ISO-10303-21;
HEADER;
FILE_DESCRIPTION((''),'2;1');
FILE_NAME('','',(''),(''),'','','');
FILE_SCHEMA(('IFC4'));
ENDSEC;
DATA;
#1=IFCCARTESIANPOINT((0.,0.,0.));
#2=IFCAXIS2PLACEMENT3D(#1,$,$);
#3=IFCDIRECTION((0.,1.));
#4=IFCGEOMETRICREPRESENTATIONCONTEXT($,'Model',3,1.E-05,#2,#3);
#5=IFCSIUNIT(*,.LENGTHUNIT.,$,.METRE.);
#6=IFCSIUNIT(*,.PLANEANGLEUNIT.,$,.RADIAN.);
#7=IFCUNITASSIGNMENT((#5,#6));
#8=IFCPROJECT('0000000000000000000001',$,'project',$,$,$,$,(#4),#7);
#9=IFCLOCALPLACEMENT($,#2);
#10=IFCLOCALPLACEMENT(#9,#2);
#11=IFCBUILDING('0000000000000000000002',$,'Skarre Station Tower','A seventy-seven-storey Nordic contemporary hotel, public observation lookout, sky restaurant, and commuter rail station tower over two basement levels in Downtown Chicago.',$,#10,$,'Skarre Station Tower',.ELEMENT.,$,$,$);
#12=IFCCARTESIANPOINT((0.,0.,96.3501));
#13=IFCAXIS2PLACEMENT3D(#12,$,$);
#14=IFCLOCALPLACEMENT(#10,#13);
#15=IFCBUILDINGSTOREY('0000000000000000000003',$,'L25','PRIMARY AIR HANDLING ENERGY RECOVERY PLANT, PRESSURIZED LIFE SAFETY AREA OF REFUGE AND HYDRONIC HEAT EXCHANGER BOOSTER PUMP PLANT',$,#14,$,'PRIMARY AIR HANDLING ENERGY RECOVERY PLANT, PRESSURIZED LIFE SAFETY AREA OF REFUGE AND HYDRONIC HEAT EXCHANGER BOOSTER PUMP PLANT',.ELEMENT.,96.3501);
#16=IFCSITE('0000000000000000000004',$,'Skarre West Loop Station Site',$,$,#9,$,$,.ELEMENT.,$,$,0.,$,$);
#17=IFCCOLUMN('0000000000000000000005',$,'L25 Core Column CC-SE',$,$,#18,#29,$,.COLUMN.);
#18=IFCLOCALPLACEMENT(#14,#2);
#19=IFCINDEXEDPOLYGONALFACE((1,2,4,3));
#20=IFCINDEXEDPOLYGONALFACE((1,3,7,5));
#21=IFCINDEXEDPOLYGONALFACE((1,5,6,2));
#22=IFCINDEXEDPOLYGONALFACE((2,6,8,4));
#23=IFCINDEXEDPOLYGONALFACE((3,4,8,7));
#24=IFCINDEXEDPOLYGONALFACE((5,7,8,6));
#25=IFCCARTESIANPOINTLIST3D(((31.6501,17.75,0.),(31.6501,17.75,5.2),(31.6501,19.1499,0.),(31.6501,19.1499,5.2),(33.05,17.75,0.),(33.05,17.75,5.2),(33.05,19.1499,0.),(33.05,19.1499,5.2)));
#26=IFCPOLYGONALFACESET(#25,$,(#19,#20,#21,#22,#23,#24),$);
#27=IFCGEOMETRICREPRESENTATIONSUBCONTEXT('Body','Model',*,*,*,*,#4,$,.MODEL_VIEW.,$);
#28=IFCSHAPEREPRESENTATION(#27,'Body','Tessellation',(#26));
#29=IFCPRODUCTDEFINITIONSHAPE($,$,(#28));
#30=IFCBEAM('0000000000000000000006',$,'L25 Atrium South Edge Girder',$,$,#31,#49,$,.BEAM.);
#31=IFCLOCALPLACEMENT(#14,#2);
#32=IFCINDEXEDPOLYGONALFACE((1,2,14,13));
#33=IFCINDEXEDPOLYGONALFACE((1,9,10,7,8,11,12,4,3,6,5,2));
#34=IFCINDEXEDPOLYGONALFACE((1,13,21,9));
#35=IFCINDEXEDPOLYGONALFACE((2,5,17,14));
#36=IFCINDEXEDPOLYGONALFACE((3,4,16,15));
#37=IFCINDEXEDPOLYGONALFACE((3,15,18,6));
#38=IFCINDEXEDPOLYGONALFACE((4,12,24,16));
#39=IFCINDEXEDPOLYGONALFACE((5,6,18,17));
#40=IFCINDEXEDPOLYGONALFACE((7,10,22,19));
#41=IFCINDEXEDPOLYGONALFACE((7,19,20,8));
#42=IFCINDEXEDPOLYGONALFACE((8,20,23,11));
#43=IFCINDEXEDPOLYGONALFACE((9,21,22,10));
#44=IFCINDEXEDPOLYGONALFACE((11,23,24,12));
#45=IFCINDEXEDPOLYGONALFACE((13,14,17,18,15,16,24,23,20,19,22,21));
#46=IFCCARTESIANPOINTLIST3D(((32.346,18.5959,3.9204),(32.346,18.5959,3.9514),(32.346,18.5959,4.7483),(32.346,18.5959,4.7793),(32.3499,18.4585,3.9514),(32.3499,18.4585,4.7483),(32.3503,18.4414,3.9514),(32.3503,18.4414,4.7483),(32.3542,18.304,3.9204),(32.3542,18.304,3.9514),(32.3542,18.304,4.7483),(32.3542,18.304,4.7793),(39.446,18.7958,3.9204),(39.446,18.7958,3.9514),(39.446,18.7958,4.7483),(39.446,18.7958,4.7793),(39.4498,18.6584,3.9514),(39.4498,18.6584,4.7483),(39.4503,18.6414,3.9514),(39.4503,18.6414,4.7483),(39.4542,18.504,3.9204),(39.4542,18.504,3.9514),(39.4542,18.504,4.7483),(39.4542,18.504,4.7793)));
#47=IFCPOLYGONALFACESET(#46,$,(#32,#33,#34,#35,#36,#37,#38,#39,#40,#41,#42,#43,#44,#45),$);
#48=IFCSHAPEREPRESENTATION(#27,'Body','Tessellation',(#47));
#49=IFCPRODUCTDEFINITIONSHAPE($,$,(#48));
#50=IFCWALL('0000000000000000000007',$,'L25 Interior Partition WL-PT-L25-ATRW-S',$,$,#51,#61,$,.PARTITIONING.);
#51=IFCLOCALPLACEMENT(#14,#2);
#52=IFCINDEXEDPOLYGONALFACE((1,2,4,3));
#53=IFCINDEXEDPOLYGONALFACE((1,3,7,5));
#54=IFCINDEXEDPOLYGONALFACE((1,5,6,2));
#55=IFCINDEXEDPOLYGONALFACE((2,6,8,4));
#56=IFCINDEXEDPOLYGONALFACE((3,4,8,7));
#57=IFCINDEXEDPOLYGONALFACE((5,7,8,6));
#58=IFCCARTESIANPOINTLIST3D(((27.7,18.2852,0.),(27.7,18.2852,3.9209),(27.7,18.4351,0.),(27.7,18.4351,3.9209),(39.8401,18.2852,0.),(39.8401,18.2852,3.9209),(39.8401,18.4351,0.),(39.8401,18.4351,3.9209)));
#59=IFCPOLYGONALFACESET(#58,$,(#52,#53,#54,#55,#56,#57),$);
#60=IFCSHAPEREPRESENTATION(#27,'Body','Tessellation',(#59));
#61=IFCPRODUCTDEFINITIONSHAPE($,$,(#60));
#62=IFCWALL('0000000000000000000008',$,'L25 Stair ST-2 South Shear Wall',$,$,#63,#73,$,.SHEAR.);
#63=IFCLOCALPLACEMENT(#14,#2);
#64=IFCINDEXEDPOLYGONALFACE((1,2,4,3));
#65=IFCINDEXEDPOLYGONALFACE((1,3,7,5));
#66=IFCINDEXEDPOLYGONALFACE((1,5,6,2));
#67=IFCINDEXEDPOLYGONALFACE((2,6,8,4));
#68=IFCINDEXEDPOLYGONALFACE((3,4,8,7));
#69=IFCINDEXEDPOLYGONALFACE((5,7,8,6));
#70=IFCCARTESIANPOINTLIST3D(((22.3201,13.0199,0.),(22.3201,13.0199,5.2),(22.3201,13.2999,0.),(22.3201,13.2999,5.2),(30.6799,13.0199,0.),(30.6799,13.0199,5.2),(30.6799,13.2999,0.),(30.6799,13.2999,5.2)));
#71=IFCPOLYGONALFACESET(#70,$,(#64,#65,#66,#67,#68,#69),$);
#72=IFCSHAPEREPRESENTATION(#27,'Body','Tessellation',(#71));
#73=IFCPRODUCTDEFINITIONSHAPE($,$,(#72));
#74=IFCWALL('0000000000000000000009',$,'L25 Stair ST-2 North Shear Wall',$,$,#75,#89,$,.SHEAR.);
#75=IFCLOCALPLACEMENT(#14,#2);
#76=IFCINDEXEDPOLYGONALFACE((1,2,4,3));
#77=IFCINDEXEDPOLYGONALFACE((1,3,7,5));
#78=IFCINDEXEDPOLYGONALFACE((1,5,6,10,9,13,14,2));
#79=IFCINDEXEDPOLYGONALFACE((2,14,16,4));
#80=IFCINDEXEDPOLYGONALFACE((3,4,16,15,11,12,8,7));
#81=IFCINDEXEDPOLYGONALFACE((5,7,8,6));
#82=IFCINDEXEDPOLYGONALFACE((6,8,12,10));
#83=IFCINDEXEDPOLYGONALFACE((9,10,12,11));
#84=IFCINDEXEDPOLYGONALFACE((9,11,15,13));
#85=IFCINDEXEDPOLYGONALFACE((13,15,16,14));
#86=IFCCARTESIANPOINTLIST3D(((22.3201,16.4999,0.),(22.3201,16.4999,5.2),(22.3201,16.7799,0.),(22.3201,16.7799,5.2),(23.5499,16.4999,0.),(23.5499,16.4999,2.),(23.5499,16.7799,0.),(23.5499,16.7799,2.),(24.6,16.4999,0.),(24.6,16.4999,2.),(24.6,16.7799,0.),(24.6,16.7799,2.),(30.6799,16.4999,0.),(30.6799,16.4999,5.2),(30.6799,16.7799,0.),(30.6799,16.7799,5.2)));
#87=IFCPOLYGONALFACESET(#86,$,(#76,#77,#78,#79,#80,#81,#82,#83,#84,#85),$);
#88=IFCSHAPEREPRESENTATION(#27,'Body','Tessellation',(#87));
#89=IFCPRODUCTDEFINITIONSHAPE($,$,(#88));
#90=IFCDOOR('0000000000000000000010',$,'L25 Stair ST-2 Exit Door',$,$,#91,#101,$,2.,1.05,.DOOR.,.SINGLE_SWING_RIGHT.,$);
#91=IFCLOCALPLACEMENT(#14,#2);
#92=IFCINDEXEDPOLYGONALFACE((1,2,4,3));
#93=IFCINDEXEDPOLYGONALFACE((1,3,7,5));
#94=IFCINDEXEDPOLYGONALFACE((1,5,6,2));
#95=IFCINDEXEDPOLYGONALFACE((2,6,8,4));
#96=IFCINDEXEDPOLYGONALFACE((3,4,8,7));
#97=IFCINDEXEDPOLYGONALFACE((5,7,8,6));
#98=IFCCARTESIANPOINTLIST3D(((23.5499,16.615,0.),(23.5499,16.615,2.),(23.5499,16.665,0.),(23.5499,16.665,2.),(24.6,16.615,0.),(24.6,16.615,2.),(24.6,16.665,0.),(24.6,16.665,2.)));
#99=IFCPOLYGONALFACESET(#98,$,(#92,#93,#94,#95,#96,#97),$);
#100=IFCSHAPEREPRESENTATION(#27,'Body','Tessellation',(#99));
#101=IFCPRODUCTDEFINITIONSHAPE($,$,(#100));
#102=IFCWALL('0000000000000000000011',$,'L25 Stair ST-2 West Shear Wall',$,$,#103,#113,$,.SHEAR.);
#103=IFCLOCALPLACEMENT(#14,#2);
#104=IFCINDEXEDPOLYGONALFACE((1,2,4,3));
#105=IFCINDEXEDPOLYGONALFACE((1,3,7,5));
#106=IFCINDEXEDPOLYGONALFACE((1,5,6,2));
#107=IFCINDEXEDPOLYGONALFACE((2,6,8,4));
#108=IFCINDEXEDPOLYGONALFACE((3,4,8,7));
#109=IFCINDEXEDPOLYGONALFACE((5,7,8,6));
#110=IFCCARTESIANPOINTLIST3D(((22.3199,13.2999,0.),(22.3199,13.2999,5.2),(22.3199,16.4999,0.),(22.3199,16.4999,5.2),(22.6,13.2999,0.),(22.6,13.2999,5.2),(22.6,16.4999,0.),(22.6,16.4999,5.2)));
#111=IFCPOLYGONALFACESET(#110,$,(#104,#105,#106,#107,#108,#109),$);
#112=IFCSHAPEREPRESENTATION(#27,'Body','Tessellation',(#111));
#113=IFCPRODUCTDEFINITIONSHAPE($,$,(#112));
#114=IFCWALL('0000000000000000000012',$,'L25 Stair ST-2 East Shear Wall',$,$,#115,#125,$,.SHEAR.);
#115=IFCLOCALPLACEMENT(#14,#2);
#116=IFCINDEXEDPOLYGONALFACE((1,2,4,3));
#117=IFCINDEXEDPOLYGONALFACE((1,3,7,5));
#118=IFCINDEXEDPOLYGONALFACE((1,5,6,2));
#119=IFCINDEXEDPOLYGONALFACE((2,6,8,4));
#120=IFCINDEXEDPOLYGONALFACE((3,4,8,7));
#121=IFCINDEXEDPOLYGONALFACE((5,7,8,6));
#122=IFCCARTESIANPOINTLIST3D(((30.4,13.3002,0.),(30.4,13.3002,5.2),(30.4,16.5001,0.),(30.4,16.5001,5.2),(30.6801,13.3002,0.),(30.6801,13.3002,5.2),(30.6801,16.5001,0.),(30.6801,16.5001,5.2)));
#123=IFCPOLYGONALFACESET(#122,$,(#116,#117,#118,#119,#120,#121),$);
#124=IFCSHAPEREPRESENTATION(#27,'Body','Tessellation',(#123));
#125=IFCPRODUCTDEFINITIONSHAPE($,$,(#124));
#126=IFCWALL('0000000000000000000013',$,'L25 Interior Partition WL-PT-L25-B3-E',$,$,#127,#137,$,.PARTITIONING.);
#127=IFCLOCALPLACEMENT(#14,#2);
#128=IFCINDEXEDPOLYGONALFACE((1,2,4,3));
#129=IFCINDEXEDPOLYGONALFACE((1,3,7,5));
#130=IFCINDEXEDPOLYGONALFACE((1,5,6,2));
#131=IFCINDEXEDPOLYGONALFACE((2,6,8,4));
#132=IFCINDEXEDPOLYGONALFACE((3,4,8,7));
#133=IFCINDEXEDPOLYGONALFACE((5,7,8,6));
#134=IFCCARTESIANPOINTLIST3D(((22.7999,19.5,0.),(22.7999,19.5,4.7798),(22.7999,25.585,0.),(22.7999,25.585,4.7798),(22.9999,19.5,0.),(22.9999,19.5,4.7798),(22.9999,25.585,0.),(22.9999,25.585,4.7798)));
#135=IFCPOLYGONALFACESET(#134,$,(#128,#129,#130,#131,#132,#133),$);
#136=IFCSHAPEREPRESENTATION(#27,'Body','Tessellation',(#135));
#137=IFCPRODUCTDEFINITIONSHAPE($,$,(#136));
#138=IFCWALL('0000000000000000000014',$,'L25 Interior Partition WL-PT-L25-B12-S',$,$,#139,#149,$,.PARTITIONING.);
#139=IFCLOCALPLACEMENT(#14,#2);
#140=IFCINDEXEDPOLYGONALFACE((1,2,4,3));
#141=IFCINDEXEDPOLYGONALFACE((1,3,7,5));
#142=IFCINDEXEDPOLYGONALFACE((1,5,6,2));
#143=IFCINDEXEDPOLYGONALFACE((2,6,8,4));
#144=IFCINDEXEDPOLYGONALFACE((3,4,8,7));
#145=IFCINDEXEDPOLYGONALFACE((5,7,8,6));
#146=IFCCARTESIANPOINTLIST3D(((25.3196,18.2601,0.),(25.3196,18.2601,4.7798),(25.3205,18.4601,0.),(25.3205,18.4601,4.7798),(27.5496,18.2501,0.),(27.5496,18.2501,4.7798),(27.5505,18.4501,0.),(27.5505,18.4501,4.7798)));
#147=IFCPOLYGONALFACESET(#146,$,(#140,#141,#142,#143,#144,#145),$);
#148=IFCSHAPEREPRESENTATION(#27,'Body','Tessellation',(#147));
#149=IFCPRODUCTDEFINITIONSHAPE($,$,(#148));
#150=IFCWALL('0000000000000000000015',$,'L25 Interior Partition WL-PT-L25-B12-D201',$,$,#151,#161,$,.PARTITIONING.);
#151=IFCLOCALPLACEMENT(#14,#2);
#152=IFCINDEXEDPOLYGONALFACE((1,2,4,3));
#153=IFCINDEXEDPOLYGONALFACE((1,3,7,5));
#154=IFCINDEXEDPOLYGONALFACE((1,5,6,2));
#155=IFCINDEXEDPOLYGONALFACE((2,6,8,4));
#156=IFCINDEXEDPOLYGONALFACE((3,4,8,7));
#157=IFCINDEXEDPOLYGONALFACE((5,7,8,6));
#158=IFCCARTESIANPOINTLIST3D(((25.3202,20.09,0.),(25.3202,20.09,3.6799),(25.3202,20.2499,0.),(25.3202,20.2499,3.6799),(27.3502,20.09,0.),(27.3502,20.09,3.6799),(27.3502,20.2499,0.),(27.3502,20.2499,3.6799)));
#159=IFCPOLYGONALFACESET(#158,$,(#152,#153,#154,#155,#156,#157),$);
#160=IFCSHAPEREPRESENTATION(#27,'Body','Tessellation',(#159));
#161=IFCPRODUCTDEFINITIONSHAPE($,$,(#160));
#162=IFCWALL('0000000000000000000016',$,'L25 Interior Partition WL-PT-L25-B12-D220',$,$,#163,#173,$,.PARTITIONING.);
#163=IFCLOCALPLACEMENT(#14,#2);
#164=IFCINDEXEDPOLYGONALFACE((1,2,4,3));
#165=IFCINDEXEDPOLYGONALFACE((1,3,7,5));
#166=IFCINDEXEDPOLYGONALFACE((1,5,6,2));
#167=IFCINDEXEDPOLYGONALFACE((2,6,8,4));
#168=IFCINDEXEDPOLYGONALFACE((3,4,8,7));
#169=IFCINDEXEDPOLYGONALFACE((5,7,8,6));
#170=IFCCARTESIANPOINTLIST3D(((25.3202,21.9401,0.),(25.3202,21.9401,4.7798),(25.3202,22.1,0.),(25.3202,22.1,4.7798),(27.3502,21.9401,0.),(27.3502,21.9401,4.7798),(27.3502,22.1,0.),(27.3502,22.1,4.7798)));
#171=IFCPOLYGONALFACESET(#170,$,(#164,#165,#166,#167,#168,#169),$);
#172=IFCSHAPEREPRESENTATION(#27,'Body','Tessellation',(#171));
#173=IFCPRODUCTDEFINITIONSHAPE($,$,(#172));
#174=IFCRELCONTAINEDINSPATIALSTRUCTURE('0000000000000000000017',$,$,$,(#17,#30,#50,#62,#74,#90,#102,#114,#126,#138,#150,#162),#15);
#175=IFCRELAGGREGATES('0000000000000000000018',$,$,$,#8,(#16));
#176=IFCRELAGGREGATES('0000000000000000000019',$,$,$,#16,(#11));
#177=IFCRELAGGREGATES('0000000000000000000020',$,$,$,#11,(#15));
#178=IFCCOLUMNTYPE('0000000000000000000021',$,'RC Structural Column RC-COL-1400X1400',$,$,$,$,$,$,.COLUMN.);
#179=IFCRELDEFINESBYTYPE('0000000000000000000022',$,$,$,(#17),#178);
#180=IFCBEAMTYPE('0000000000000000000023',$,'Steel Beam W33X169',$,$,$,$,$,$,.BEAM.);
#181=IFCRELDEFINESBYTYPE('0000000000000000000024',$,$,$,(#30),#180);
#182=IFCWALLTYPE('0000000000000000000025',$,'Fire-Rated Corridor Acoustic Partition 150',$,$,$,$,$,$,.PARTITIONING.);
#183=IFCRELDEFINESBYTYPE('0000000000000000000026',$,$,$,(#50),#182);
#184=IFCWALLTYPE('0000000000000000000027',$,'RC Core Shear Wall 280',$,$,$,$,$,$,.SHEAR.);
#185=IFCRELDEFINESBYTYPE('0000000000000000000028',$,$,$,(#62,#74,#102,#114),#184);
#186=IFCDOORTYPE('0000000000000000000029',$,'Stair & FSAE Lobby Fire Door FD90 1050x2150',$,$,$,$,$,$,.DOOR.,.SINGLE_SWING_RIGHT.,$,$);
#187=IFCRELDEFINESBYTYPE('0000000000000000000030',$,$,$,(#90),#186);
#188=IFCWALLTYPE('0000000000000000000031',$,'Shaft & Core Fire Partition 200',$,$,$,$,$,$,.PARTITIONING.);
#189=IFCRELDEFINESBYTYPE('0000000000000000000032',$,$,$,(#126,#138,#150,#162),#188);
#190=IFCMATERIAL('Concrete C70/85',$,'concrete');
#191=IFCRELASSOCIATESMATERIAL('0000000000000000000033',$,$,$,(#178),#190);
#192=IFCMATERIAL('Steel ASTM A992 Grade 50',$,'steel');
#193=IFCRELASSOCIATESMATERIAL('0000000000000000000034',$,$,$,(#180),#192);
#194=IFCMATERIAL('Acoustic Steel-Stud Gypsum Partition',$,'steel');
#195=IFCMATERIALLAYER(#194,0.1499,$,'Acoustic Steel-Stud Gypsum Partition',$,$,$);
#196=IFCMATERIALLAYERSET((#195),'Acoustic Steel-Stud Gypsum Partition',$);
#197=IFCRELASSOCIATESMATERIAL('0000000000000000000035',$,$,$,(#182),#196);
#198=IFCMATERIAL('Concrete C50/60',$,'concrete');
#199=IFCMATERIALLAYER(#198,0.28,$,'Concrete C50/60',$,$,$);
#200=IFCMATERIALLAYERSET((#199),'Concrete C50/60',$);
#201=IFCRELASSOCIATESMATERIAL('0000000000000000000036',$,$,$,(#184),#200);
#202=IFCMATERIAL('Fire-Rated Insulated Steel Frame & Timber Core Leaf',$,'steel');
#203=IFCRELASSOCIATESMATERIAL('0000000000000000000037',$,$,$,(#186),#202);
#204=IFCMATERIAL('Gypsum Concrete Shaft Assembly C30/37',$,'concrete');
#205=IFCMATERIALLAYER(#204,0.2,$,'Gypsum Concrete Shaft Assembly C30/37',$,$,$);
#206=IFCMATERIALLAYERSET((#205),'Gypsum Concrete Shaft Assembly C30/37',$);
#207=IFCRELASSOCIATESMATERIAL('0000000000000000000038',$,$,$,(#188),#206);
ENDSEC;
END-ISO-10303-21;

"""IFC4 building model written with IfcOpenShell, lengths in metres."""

from ifc_helpers import new_model, si_unit, direction, frame, frame_2d, origin, origin_2d, place, context, subcontext, project, spatial, rectangle, i_section, extrude, material, layer, layer_set, material_profile, profile_set, type_object, element, fill, save


model = new_model("IFC4")

# Units and contexts
model_context = context("Model", 3, precision=1e-05, world=origin(), true_north=direction((0.0, 1.0)))
body_context = subcontext(model_context, "Body", "Model", "MODEL_VIEW")
ifc_project = project(units=[si_unit("LENGTHUNIT", "METRE"), si_unit("PLANEANGLEUNIT", "RADIAN")], contexts=[model_context])

# Site, building, storey
site_placement = place(None, origin())
site = spatial("IfcSite", under=ifc_project, at=site_placement, Name="Skarre West Loop Station Site", CompositionType="ELEMENT", RefElevation=0.0)
building_placement = place(site_placement, origin())
building = spatial("IfcBuilding", under=site, at=building_placement, Name="Skarre Station Tower", Description="A seventy-seven-storey Nordic contemporary hotel, public observation lookout, sky restaurant, and commuter rail station tower over two basement levels in Downtown Chicago.", LongName="Skarre Station Tower", CompositionType="ELEMENT")
storey_placement = place(building_placement, frame((0.0, 0.0, 96.3501)))
storey = spatial("IfcBuildingStorey", under=building, at=storey_placement, Name="L25", Description="PRIMARY AIR HANDLING ENERGY RECOVERY PLANT, PRESSURIZED LIFE SAFETY AREA OF REFUGE AND HYDRONIC HEAT EXCHANGER BOOSTER PUMP PLANT", LongName="PRIMARY AIR HANDLING ENERGY RECOVERY PLANT, PRESSURIZED LIFE SAFETY AREA OF REFUGE AND HYDRONIC HEAT EXCHANGER BOOSTER PUMP PLANT", CompositionType="ELEMENT", Elevation=96.3501)

# Column
ifc_material_1 = material(Name="Concrete C70/85", Category="concrete")
ifc_material_profile_1 = material_profile(ifc_material_1, rectangle(XDim=1.3999, YDim=1.3999, at=origin_2d()), Name="Concrete C70/85")
ifc_profile_set_1 = profile_set([ifc_material_profile_1], Name="Concrete C70/85")
column_type = type_object("IfcColumnType", Name="RC Structural Column RC-COL-1400X1400", PredefinedType="COLUMN", material=ifc_profile_set_1)
column_placement = place(storey_placement, frame((32.3501, 18.45, 0.0), z_axis=(0.0, 0.0, 1.0), x_axis=(1.0, 0.0, 0.0)))
element("IfcColumn", 1, at=column_placement, inside=storey, type_object=column_type, Name="L25 Core Column CC-SE", PredefinedType="COLUMN", context=body_context, shape_type="SweptSolid", body=[
    extrude(rectangle(XDim=1.3999, YDim=1.3999, at=origin_2d()), origin(), (0.0, 0.0, 1.0), 5.2),
])

# Beam
ifc_material_2 = material(Name="Steel ASTM A992 Grade 50", Category="steel")
ifc_material_profile_2 = material_profile(ifc_material_2, i_section(OverallWidth=0.292, OverallDepth=0.8589, WebThickness=0.0171, FlangeThickness=0.031, at=origin_2d()), Name="Steel ASTM A992 Grade 50")
ifc_profile_set_2 = profile_set([ifc_material_profile_2], Name="Steel ASTM A992 Grade 50")
beam_type = type_object("IfcBeamType", Name="Steel Beam W33X169", PredefinedType="BEAM", material=ifc_profile_set_2)
beam_placement = place(storey_placement, frame((32.3501, 18.45, 4.3499), z_axis=(0.999604, 0.028152, 0.0), x_axis=(-0.028152, 0.999604, 0.0)))
element("IfcBeam", 2, at=beam_placement, inside=storey, type_object=beam_type, Name="L25 Atrium South Edge Girder", PredefinedType="BEAM", context=body_context, shape_type="SweptSolid", body=[
    extrude(i_section(OverallWidth=0.292, OverallDepth=0.8589, WebThickness=0.0171, FlangeThickness=0.031, at=origin_2d()), origin(), (0.0, 0.0, 1.0), 7.1028),
])

# Walls
ifc_material_3 = material(Name="Acoustic Steel-Stud Gypsum Partition", Category="steel")
ifc_layer_1 = layer(ifc_material_3, 0.1499, Name="Acoustic Steel-Stud Gypsum Partition")
ifc_layer_set_1 = layer_set([ifc_layer_1], Name="Acoustic Steel-Stud Gypsum Partition")
wall_type_1 = type_object("IfcWallType", Name="Fire-Rated Corridor Acoustic Partition 150", PredefinedType="PARTITIONING", material=ifc_layer_set_1)
wall_1_placement = place(storey_placement, frame((27.7, 18.3601, 0.0), z_axis=(0.0, 0.0, 1.0), x_axis=(1.0, 0.0, 0.0)))
element("IfcWall", 3, at=wall_1_placement, inside=storey, type_object=wall_type_1, Name="L25 Interior Partition WL-PT-L25-ATRW-S", PredefinedType="PARTITIONING", context=body_context, shape_type="SweptSolid", body=[
    extrude(rectangle(XDim=12.1401, YDim=0.1499, at=frame_2d((6.0701, 0.0))), origin(), (0.0, 0.0, 1.0), 3.9209),
])
ifc_material_4 = material(Name="Concrete C50/60", Category="concrete")
ifc_layer_2 = layer(ifc_material_4, 0.28, Name="Concrete C50/60")
ifc_layer_set_2 = layer_set([ifc_layer_2], Name="Concrete C50/60")
wall_type_2 = type_object("IfcWallType", Name="RC Core Shear Wall 280", PredefinedType="SHEAR", material=ifc_layer_set_2)
wall_2_placement = place(storey_placement, frame((22.3201, 13.1599, 0.0), z_axis=(0.0, 0.0, 1.0), x_axis=(1.0, 0.0, 0.0)))
element("IfcWall", 4, at=wall_2_placement, inside=storey, type_object=wall_type_2, Name="L25 Stair ST-2 South Shear Wall", PredefinedType="SHEAR", context=body_context, shape_type="SweptSolid", body=[
    extrude(rectangle(XDim=8.3599, YDim=0.28, at=frame_2d((4.1799, 0.0))), origin(), (0.0, 0.0, 1.0), 5.2),
])

# Wall, opening, door
wall_3_placement = place(storey_placement, frame((30.6799, 16.6399, 0.0), z_axis=(0.0, 0.0, 1.0), x_axis=(-1.0, 0.0, 0.0)))
wall_3 = element("IfcWall", 5, at=wall_3_placement, inside=storey, type_object=wall_type_2, Name="L25 Stair ST-2 North Shear Wall", PredefinedType="SHEAR", context=body_context, shape_type="SweptSolid", body=[
    extrude(rectangle(XDim=8.3599, YDim=0.28, at=frame_2d((4.1799, 0.0))), origin(), (0.0, 0.0, 1.0), 5.2),
])
opening_placement = place(wall_3_placement, frame((6.0801, 0.0, 0.0)))
opening = element("IfcOpeningElement", 6, at=opening_placement, cuts=wall_3, PredefinedType="OPENING", context=body_context, shape_type="SweptSolid", body=[
    extrude(rectangle(XDim=1.05, YDim=2.0, at=frame_2d((0.5249, 1.0))), frame((0.0, 0.1499, 0.0), z_axis=(0.0, -1.0, 0.0), x_axis=(1.0, 0.0, 0.0)), (0.0, 0.0, 1.0), 0.3),
])
ifc_material_5 = material(Name="Fire-Rated Insulated Steel Frame & Timber Core Leaf", Category="steel")
door_type = type_object("IfcDoorType", Name="Stair & FSAE Lobby Fire Door FD90 1050x2150", OperationType="SINGLE_SWING_RIGHT", PredefinedType="DOOR", material=ifc_material_5)
door_placement = place(opening_placement, origin())
door = element("IfcDoor", 7, at=door_placement, inside=storey, type_object=door_type, Name="L25 Stair ST-2 Exit Door", OperationType="SINGLE_SWING_RIGHT", OverallHeight=2.0, OverallWidth=1.05, PredefinedType="DOOR", context=body_context, shape_type="SweptSolid", body=[
    extrude(rectangle(XDim=1.05, YDim=2.0, at=frame_2d((0.5249, 1.0))), frame((0.0, 0.0249, 0.0), z_axis=(0.0, -1.0, 0.0), x_axis=(1.0, 0.0, 0.0)), (0.0, 0.0, 1.0), 0.05),
])
fill(opening, door)

# Walls
for number, where, z_axis, x_axis, name in (
    (8, (22.46, 16.5, 0.0), (0.0, 0.0, 1.0), (0.0, -1.0, 0.0), "L25 Stair ST-2 West Shear Wall"),
    (9, (30.54, 13.3, 0.0), (0.0, 0.0, 1.0), (0.0, 1.0, 0.0), "L25 Stair ST-2 East Shear Wall"),
):
    element("IfcWall", number, at=place(storey_placement, frame(where, z_axis=z_axis, x_axis=x_axis)), inside=storey, type_object=wall_type_2, Name=name, PredefinedType="SHEAR", context=body_context, shape_type="SweptSolid", body=[
        extrude(rectangle(XDim=3.2, YDim=0.28, at=frame_2d((1.6001, 0.0))), origin(), (0.0, 0.0, 1.0), 5.2),
    ])
ifc_material_6 = material(Name="Gypsum Concrete Shaft Assembly C30/37", Category="concrete")
ifc_layer_3 = layer(ifc_material_6, 0.2, Name="Gypsum Concrete Shaft Assembly C30/37")
ifc_layer_set_3 = layer_set([ifc_layer_3], Name="Gypsum Concrete Shaft Assembly C30/37")
wall_type_3 = type_object("IfcWallType", Name="Shaft & Core Fire Partition 200", PredefinedType="PARTITIONING", material=ifc_layer_set_3)
wall_4_placement = place(storey_placement, frame((22.8999, 19.5, 0.0), z_axis=(0.0, 0.0, 1.0), x_axis=(0.0, 1.0, 0.0)))
element("IfcWall", 10, at=wall_4_placement, inside=storey, type_object=wall_type_3, Name="L25 Interior Partition WL-PT-L25-B3-E", PredefinedType="PARTITIONING", context=body_context, shape_type="SweptSolid", body=[
    extrude(rectangle(XDim=6.085, YDim=0.2, at=frame_2d((3.0425, 0.0))), origin(), (0.0, 0.0, 1.0), 4.7798),
])
wall_5_placement = place(storey_placement, frame((25.3201, 18.3601, 0.0), z_axis=(0.0, 0.0, 1.0), x_axis=(0.99999, -0.004489, 0.0)))
element("IfcWall", 11, at=wall_5_placement, inside=storey, type_object=wall_type_3, Name="L25 Interior Partition WL-PT-L25-B12-S", PredefinedType="PARTITIONING", context=body_context, shape_type="SweptSolid", body=[
    extrude(rectangle(XDim=2.23, YDim=0.2, at=frame_2d((1.115, 0.0))), origin(), (0.0, 0.0, 1.0), 4.7798),
])
wall_6_placement = place(storey_placement, frame((25.3201, 20.1699, 0.0), z_axis=(0.0, 0.0, 1.0), x_axis=(1.0, 0.0, 0.0)))
element("IfcWall", 12, at=wall_6_placement, inside=storey, type_object=wall_type_3, Name="L25 Interior Partition WL-PT-L25-B12-D201", PredefinedType="PARTITIONING", context=body_context, shape_type="SweptSolid", body=[
    extrude(rectangle(XDim=2.03, YDim=0.1599, at=frame_2d((1.0151, 0.0))), origin(), (0.0, 0.0, 1.0), 3.6799),
])
wall_7_placement = place(storey_placement, frame((25.3201, 22.02, 0.0), z_axis=(0.0, 0.0, 1.0), x_axis=(1.0, 0.0, 0.0)))
element("IfcWall", 13, at=wall_7_placement, inside=storey, type_object=wall_type_3, Name="L25 Interior Partition WL-PT-L25-B12-D220", PredefinedType="PARTITIONING", context=body_context, shape_type="SweptSolid", body=[
    extrude(rectangle(XDim=2.03, YDim=0.1599, at=frame_2d((1.0151, 0.0))), origin(), (0.0, 0.0, 1.0), 4.7798),
])

save(model, "model.ifc")
